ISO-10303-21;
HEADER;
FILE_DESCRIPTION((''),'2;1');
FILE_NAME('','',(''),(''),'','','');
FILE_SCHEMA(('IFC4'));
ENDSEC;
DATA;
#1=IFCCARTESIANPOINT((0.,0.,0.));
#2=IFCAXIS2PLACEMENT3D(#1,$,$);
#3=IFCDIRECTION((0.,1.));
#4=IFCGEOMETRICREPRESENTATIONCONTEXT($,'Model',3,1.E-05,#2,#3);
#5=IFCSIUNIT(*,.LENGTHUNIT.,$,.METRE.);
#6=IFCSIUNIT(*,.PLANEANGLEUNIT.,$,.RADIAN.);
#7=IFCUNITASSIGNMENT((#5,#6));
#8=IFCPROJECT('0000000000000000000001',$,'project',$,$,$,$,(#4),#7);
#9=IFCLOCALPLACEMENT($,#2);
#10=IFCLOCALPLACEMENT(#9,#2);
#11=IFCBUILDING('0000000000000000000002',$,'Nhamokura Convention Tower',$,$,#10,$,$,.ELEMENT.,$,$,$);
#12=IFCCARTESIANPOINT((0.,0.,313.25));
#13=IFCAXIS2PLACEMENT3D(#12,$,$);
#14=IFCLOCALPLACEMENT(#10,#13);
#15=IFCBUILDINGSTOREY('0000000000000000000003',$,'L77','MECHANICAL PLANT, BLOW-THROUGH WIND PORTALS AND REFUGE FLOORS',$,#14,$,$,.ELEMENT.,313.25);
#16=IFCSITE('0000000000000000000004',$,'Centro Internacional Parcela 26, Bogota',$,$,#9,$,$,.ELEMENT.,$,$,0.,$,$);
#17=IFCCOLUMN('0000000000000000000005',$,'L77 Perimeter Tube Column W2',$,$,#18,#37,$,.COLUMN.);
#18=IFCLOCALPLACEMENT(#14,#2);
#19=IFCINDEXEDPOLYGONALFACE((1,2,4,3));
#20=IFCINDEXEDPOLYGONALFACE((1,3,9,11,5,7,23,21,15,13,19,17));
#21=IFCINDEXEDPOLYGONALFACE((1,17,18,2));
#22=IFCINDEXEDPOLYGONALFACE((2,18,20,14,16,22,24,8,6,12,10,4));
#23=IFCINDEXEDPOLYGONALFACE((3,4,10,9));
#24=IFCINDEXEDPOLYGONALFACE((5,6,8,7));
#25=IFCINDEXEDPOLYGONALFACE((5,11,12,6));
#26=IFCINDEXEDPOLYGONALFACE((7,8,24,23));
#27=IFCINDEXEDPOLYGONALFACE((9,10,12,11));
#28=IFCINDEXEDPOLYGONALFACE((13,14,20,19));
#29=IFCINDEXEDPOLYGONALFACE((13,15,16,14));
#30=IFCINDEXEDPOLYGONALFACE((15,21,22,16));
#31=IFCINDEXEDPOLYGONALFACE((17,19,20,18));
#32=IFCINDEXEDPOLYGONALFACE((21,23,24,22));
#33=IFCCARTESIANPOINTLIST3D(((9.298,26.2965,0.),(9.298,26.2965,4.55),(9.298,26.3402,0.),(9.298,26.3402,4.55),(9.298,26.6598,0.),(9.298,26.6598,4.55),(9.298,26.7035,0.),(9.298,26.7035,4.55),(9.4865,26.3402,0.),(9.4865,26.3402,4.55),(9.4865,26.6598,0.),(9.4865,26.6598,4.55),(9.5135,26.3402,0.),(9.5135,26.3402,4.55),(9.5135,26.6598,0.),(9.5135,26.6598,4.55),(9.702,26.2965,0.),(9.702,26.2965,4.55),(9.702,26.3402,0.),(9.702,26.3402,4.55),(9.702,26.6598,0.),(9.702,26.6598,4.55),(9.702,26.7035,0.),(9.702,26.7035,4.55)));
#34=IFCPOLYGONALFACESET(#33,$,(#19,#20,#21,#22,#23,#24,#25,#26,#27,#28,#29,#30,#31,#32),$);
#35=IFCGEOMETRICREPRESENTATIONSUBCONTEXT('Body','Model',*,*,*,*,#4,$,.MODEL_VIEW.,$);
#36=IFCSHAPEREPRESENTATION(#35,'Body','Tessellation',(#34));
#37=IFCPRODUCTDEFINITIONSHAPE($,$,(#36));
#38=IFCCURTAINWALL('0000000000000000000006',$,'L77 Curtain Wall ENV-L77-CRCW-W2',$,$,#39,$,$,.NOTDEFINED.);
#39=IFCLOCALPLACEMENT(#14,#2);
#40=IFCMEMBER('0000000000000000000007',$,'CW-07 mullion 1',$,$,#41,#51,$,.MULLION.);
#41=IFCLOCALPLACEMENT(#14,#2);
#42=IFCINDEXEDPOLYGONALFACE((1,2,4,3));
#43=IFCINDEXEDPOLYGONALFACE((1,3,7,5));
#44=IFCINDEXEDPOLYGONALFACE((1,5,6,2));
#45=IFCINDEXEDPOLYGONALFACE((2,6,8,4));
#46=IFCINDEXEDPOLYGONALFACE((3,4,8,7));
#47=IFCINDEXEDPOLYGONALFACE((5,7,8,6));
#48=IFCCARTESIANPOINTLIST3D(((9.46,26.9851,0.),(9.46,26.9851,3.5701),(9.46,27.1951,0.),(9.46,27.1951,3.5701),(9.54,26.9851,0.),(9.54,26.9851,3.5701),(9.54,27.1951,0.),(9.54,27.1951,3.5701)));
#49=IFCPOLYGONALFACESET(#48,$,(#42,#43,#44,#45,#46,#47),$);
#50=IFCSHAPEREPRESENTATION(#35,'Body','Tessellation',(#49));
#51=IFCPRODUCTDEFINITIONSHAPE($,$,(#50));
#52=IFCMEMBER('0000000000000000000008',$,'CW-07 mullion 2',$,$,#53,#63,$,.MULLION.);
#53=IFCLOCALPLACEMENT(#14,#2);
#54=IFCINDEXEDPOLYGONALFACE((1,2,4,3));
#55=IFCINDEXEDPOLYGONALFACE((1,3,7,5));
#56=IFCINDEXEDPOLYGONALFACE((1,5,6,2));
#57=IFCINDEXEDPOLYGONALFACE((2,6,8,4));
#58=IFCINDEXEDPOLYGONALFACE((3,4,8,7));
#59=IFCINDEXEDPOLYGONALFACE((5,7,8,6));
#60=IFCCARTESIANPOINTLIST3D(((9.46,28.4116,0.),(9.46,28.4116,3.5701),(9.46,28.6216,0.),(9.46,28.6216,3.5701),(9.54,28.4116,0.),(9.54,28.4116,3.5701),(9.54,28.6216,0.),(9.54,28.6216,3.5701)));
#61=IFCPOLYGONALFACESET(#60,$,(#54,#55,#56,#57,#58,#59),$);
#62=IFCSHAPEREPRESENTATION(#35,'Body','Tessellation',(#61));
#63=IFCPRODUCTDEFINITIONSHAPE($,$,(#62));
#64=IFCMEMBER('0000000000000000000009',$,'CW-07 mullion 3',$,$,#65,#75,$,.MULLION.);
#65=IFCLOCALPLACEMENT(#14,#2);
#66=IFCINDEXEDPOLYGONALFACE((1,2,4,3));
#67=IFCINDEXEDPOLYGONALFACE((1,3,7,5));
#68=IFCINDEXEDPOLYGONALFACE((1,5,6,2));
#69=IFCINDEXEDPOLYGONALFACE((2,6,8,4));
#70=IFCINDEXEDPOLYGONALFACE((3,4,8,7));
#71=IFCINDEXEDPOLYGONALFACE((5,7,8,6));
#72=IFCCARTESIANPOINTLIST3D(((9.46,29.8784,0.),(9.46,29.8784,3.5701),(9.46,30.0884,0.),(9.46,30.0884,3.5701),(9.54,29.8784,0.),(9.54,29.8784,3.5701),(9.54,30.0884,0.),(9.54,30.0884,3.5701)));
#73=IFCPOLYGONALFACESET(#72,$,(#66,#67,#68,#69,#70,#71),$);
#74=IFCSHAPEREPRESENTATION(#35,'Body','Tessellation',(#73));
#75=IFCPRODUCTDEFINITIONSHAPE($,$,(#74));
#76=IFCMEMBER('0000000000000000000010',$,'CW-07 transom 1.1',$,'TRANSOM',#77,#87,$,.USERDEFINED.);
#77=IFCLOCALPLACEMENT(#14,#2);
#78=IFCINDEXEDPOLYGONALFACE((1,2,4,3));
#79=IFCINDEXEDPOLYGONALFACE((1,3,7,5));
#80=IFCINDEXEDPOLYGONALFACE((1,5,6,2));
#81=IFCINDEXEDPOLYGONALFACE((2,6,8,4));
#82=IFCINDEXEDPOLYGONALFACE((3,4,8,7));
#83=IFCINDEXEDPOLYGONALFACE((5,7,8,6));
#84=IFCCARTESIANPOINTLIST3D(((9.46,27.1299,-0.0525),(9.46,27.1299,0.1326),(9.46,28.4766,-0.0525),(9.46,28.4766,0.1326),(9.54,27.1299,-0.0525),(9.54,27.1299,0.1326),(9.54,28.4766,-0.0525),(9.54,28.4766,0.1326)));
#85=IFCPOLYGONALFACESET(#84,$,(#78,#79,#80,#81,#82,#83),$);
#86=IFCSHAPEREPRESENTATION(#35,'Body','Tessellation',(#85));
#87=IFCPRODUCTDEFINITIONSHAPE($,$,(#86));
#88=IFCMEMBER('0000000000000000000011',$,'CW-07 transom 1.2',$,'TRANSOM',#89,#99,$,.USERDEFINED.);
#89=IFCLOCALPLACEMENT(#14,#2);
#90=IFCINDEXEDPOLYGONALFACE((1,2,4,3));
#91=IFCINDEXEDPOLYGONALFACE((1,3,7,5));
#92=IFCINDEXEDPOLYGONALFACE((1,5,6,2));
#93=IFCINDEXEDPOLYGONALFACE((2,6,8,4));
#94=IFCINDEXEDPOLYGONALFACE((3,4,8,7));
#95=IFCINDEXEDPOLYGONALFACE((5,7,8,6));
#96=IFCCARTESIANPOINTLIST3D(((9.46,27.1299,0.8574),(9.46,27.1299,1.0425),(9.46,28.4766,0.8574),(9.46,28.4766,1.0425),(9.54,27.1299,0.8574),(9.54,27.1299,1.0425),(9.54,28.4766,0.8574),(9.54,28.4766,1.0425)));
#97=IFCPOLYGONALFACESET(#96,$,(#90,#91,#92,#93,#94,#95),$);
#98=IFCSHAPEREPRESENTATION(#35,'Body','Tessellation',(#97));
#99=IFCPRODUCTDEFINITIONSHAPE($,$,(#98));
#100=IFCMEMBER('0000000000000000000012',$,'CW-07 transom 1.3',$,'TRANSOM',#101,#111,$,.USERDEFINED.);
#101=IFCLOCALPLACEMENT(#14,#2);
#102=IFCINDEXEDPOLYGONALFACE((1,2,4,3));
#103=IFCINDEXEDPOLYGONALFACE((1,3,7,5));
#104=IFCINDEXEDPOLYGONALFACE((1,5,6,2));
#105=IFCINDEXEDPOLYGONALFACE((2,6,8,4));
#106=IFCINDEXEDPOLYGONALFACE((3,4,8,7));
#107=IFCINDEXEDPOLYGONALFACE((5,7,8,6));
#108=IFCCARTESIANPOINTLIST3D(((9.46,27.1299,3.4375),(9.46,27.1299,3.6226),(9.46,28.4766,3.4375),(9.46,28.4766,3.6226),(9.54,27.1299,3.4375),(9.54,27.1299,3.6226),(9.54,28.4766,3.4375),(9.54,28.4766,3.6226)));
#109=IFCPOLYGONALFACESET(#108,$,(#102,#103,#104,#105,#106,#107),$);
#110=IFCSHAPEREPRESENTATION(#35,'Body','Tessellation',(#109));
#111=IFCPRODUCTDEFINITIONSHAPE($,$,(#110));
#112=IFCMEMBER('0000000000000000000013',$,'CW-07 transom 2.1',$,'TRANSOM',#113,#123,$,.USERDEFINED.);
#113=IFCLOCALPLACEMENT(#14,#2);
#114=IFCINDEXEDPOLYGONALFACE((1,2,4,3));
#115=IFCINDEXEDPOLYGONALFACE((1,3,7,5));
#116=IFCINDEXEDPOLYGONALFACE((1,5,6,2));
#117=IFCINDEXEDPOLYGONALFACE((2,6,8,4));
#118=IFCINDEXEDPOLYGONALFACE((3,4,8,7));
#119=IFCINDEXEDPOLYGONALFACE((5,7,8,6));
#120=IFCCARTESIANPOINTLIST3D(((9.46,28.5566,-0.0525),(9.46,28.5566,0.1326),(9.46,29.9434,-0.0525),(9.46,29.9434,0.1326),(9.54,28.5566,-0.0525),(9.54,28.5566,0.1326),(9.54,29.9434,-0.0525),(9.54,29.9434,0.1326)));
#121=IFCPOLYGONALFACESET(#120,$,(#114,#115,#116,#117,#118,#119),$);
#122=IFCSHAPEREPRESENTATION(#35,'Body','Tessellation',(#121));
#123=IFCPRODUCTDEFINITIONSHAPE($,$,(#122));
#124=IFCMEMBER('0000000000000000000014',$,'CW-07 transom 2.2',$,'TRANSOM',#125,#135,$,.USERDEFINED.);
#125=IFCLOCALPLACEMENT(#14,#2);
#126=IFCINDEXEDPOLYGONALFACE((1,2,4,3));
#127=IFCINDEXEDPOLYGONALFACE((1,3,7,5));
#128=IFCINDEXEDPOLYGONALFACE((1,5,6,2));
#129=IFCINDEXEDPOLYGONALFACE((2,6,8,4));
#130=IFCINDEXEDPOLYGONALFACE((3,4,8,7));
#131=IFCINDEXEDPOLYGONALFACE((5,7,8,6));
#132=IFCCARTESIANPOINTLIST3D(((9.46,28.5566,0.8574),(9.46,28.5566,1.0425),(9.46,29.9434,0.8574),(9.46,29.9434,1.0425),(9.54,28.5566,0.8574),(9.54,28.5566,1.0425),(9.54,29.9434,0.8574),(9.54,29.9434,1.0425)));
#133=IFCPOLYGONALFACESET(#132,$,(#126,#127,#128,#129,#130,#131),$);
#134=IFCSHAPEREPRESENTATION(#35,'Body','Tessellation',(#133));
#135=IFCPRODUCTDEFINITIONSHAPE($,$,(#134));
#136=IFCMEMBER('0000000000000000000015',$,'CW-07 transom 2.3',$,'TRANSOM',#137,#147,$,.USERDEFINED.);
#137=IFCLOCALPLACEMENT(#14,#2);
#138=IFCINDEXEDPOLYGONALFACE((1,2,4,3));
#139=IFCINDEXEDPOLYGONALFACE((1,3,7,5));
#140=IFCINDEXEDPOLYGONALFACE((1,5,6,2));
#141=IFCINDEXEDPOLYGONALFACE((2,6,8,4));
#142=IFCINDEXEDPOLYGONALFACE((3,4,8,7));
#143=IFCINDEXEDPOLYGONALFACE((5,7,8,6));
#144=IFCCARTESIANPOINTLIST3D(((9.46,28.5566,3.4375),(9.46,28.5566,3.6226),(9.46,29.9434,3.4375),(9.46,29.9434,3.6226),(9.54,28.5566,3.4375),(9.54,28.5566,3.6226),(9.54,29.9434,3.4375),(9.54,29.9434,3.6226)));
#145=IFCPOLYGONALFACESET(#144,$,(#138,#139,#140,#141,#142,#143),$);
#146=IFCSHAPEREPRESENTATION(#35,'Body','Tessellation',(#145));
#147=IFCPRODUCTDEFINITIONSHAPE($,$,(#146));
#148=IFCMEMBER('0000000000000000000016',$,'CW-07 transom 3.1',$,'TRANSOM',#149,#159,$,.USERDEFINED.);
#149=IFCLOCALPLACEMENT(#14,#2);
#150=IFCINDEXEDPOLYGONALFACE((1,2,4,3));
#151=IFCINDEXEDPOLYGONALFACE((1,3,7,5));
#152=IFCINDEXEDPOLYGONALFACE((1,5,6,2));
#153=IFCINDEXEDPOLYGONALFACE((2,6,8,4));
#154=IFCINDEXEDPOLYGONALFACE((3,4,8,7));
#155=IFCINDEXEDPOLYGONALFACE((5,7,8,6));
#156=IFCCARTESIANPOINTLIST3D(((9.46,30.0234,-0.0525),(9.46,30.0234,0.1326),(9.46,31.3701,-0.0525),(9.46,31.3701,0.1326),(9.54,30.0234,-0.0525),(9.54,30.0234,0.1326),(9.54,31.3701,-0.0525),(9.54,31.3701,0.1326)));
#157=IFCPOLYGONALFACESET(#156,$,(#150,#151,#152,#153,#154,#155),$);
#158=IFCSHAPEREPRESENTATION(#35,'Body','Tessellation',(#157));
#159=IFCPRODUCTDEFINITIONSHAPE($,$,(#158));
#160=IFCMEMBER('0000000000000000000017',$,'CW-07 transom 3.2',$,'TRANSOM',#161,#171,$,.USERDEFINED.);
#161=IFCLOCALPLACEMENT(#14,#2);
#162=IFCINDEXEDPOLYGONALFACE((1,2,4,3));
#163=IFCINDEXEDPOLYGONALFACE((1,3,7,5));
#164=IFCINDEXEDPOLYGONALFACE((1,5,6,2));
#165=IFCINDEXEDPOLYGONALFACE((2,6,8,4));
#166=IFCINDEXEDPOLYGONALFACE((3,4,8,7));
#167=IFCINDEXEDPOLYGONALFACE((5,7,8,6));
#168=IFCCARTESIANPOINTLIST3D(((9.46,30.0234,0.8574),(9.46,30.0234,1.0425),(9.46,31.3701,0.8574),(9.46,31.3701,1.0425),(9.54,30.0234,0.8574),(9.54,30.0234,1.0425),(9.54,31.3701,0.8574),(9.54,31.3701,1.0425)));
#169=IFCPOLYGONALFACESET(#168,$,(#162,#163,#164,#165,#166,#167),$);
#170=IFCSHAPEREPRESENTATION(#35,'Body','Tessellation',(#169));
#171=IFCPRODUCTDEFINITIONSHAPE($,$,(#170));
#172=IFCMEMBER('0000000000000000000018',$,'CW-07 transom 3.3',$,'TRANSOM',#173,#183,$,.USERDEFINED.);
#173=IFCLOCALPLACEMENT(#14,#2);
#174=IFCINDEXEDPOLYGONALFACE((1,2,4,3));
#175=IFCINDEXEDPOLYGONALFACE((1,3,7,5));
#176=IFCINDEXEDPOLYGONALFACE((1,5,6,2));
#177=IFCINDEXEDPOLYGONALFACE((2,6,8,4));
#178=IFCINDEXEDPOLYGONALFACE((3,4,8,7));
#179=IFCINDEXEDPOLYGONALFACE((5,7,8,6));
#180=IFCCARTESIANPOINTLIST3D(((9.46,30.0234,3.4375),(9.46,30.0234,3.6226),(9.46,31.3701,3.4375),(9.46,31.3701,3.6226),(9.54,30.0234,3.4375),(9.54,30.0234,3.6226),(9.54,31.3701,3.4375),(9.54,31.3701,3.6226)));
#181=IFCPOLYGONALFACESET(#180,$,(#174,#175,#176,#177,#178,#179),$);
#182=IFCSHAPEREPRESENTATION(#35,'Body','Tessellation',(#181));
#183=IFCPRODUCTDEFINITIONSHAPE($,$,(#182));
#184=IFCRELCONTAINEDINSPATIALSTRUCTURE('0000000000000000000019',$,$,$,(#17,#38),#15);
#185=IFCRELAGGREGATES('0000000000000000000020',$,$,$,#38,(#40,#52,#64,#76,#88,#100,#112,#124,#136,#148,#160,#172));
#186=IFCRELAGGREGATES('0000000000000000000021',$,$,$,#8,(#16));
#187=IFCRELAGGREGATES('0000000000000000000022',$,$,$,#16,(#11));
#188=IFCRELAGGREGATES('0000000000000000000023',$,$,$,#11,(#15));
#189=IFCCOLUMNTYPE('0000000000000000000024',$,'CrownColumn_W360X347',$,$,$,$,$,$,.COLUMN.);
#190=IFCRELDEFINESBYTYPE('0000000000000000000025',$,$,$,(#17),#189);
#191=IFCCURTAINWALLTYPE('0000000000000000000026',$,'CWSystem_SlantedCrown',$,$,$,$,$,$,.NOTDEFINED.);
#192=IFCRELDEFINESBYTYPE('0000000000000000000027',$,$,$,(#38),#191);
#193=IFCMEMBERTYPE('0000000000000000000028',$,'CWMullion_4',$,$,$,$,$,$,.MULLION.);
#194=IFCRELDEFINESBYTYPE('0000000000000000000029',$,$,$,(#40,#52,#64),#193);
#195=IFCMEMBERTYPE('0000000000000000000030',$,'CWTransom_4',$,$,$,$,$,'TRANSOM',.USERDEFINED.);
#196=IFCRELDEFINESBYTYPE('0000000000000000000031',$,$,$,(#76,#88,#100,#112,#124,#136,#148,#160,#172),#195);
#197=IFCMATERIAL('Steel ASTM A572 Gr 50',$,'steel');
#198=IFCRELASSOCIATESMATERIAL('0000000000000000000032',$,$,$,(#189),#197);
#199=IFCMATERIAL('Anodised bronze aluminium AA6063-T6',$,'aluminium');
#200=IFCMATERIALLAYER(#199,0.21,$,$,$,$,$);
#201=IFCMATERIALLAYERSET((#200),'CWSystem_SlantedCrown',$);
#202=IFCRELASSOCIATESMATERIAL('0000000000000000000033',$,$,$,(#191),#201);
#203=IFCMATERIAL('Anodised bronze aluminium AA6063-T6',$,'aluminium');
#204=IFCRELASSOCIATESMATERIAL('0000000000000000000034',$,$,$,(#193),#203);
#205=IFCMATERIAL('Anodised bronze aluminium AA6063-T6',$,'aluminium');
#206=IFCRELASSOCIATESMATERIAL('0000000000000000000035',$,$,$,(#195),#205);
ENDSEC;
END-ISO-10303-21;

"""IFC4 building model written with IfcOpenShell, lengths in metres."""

from ifc_helpers import new_model, si_unit, direction, frame, origin, origin_2d, place, context, subcontext, project, spatial, rectangle, i_section, extrude, material, layer, layer_set, material_profile, profile_set, type_object, element, aggregate, save


model = new_model("IFC4")

# Units and contexts
model_context = context("Model", 3, precision=1e-05, world=origin(), true_north=direction((0.0, 1.0)))
body_context = subcontext(model_context, "Body", "Model", "MODEL_VIEW")
ifc_project = project(units=[si_unit("LENGTHUNIT", "METRE"), si_unit("PLANEANGLEUNIT", "RADIAN")], contexts=[model_context])

# Site, building, storey
site_placement = place(None, origin())
site = spatial("IfcSite", under=ifc_project, at=site_placement, Name="Centro Internacional Parcela 26, Bogota", CompositionType="ELEMENT", RefElevation=0.0)
building_placement = place(site_placement, origin())
building = spatial("IfcBuilding", under=site, at=building_placement, Name="Nhamokura Convention Tower", CompositionType="ELEMENT")
storey_placement = place(building_placement, frame((0.0, 0.0, 313.25)))
storey = spatial("IfcBuildingStorey", under=building, at=storey_placement, Name="L77", Description="MECHANICAL PLANT, BLOW-THROUGH WIND PORTALS AND REFUGE FLOORS", CompositionType="ELEMENT", Elevation=313.25)

# Column
ifc_material_1 = material(Name="Steel ASTM A572 Gr 50", Category="steel")
ifc_material_profile_1 = material_profile(ifc_material_1, i_section(OverallWidth=0.4041, OverallDepth=0.407, WebThickness=0.0271, FlangeThickness=0.0437, at=origin_2d()))
ifc_profile_set_1 = profile_set([ifc_material_profile_1], Name="Steel ASTM A572 Gr 50")
column_type = type_object("IfcColumnType", Name="CrownColumn_W360X347", PredefinedType="COLUMN", material=ifc_profile_set_1)
column_placement = place(storey_placement, frame((9.5, 26.5, 0.0), z_axis=(0.0, 0.0, 1.0), x_axis=(1.0, 0.0, 0.0)))
element("IfcColumn", 1, at=column_placement, inside=storey, type_object=column_type, Name="L77 Perimeter Tube Column W2", PredefinedType="COLUMN", context=body_context, shape_type="SweptSolid", body=[
    extrude(i_section(OverallWidth=0.4041, OverallDepth=0.407, WebThickness=0.0271, FlangeThickness=0.0437, at=origin_2d()), origin(), (0.0, 0.0, 1.0), 4.55),
])

# Curtain wall, members
ifc_material_2 = material(Name="Anodised bronze aluminium AA6063-T6", Category="aluminium")
ifc_layer_1 = layer(ifc_material_2, 0.21)
ifc_layer_set_1 = layer_set([ifc_layer_1], Name="CWSystem_SlantedCrown")
curtain_wall_type = type_object("IfcCurtainWallType", Name="CWSystem_SlantedCrown", PredefinedType="NOTDEFINED", material=ifc_layer_set_1)
curtain_wall_placement = place(storey_placement, origin())
curtain_wall = element("IfcCurtainWall", 2, at=curtain_wall_placement, inside=storey, type_object=curtain_wall_type, Name="L77 Curtain Wall ENV-L77-CRCW-W2", PredefinedType="NOTDEFINED")
ifc_material_3 = material(Name="Anodised bronze aluminium AA6063-T6", Category="aluminium")
ifc_material_profile_2 = material_profile(ifc_material_3, rectangle(XDim=0.0801, YDim=0.21, at=origin_2d()))
ifc_profile_set_2 = profile_set([ifc_material_profile_2], Name="Anodised bronze aluminium AA6063-T6")
member_type_1 = type_object("IfcMemberType", Name="CWMullion_4", PredefinedType="MULLION", material=ifc_profile_set_2)
member_1_placement = place(storey_placement, frame((9.5, 27.0901, 0.0), z_axis=(0.0, 0.0, 1.0), x_axis=(-1.0, 0.0, 0.0)))
member_1 = element("IfcMember", 3, at=member_1_placement, type_object=member_type_1, Name="CW-07 mullion 1", PredefinedType="MULLION", context=body_context, shape_type="SweptSolid", body=[
    extrude(rectangle(XDim=0.0801, YDim=0.21, at=origin_2d()), origin(), (0.0, 0.0, 1.0), 3.5701),
])
member_2_placement = place(storey_placement, frame((9.5, 28.5166, 0.0), z_axis=(0.0, 0.0, 1.0), x_axis=(-1.0, 0.0, 0.0)))
member_2 = element("IfcMember", 4, at=member_2_placement, type_object=member_type_1, Name="CW-07 mullion 2", PredefinedType="MULLION", context=body_context, shape_type="SweptSolid", body=[
    extrude(rectangle(XDim=0.0801, YDim=0.21, at=origin_2d()), origin(), (0.0, 0.0, 1.0), 3.5701),
])
member_3_placement = place(storey_placement, frame((9.5, 29.9834, 0.0), z_axis=(0.0, 0.0, 1.0), x_axis=(-1.0, 0.0, 0.0)))
member_3 = element("IfcMember", 5, at=member_3_placement, type_object=member_type_1, Name="CW-07 mullion 3", PredefinedType="MULLION", context=body_context, shape_type="SweptSolid", body=[
    extrude(rectangle(XDim=0.0801, YDim=0.21, at=origin_2d()), origin(), (0.0, 0.0, 1.0), 3.5701),
])
ifc_material_4 = material(Name="Anodised bronze aluminium AA6063-T6", Category="aluminium")
ifc_material_profile_3 = material_profile(ifc_material_4, rectangle(XDim=0.0801, YDim=0.1851, at=origin_2d()))
ifc_profile_set_3 = profile_set([ifc_material_profile_3], Name="Anodised bronze aluminium AA6063-T6")
member_type_2 = type_object("IfcMemberType", Name="CWTransom_4", ElementType="TRANSOM", PredefinedType="USERDEFINED", material=ifc_profile_set_3)
member_4_placement = place(storey_placement, frame((9.5, 27.1299, 0.04), z_axis=(0.0, 1.0, 0.0), x_axis=(-1.0, 0.0, 0.0)))
member_4 = element("IfcMember", 6, at=member_4_placement, type_object=member_type_2, Name="CW-07 transom 1.1", ObjectType="TRANSOM", PredefinedType="USERDEFINED", context=body_context, shape_type="SweptSolid", body=[
    extrude(rectangle(XDim=0.0801, YDim=0.1851, at=origin_2d()), origin(), (0.0, 0.0, 1.0), 1.3467),
])
member_5_placement = place(storey_placement, frame((9.5, 27.1299, 0.95), z_axis=(0.0, 1.0, 0.0), x_axis=(-1.0, 0.0, 0.0)))
member_5 = element("IfcMember", 7, at=member_5_placement, type_object=member_type_2, Name="CW-07 transom 1.2", ObjectType="TRANSOM", PredefinedType="USERDEFINED", context=body_context, shape_type="SweptSolid", body=[
    extrude(rectangle(XDim=0.0801, YDim=0.1851, at=origin_2d()), origin(), (0.0, 0.0, 1.0), 1.3467),
])
member_6_placement = place(storey_placement, frame((9.5, 27.1299, 3.53), z_axis=(0.0, 1.0, 0.0), x_axis=(-1.0, 0.0, 0.0)))
member_6 = element("IfcMember", 8, at=member_6_placement, type_object=member_type_2, Name="CW-07 transom 1.3", ObjectType="TRANSOM", PredefinedType="USERDEFINED", context=body_context, shape_type="SweptSolid", body=[
    extrude(rectangle(XDim=0.0801, YDim=0.1851, at=origin_2d()), origin(), (0.0, 0.0, 1.0), 1.3467),
])
member_7_placement = place(storey_placement, frame((9.5, 28.5566, 0.04), z_axis=(0.0, 1.0, 0.0), x_axis=(-1.0, 0.0, 0.0)))
member_7 = element("IfcMember", 9, at=member_7_placement, type_object=member_type_2, Name="CW-07 transom 2.1", ObjectType="TRANSOM", PredefinedType="USERDEFINED", context=body_context, shape_type="SweptSolid", body=[
    extrude(rectangle(XDim=0.0801, YDim=0.1851, at=origin_2d()), origin(), (0.0, 0.0, 1.0), 1.3867),
])
member_8_placement = place(storey_placement, frame((9.5, 28.5566, 0.95), z_axis=(0.0, 1.0, 0.0), x_axis=(-1.0, 0.0, 0.0)))
member_8 = element("IfcMember", 10, at=member_8_placement, type_object=member_type_2, Name="CW-07 transom 2.2", ObjectType="TRANSOM", PredefinedType="USERDEFINED", context=body_context, shape_type="SweptSolid", body=[
    extrude(rectangle(XDim=0.0801, YDim=0.1851, at=origin_2d()), origin(), (0.0, 0.0, 1.0), 1.3867),
])
member_9_placement = place(storey_placement, frame((9.5, 28.5566, 3.53), z_axis=(0.0, 1.0, 0.0), x_axis=(-1.0, 0.0, 0.0)))
member_9 = element("IfcMember", 11, at=member_9_placement, type_object=member_type_2, Name="CW-07 transom 2.3", ObjectType="TRANSOM", PredefinedType="USERDEFINED", context=body_context, shape_type="SweptSolid", body=[
    extrude(rectangle(XDim=0.0801, YDim=0.1851, at=origin_2d()), origin(), (0.0, 0.0, 1.0), 1.3867),
])
member_10_placement = place(storey_placement, frame((9.5, 30.0234, 0.04), z_axis=(0.0, 1.0, 0.0), x_axis=(-1.0, 0.0, 0.0)))
member_10 = element("IfcMember", 12, at=member_10_placement, type_object=member_type_2, Name="CW-07 transom 3.1", ObjectType="TRANSOM", PredefinedType="USERDEFINED", context=body_context, shape_type="SweptSolid", body=[
    extrude(rectangle(XDim=0.0801, YDim=0.1851, at=origin_2d()), origin(), (0.0, 0.0, 1.0), 1.3467),
])
member_11_placement = place(storey_placement, frame((9.5, 30.0234, 0.95), z_axis=(0.0, 1.0, 0.0), x_axis=(-1.0, 0.0, 0.0)))
member_11 = element("IfcMember", 13, at=member_11_placement, type_object=member_type_2, Name="CW-07 transom 3.2", ObjectType="TRANSOM", PredefinedType="USERDEFINED", context=body_context, shape_type="SweptSolid", body=[
    extrude(rectangle(XDim=0.0801, YDim=0.1851, at=origin_2d()), origin(), (0.0, 0.0, 1.0), 1.3467),
])
member_12_placement = place(storey_placement, frame((9.5, 30.0234, 3.53), z_axis=(0.0, 1.0, 0.0), x_axis=(-1.0, 0.0, 0.0)))
member_12 = element("IfcMember", 14, at=member_12_placement, type_object=member_type_2, Name="CW-07 transom 3.3", ObjectType="TRANSOM", PredefinedType="USERDEFINED", context=body_context, shape_type="SweptSolid", body=[
    extrude(rectangle(XDim=0.0801, YDim=0.1851, at=origin_2d()), origin(), (0.0, 0.0, 1.0), 1.3467),
])

aggregate(curtain_wall, [member_1, member_2, member_3, member_4, member_5, member_6, member_7, member_8, member_9, member_10, member_11, member_12])

save(model, "model.ifc")
